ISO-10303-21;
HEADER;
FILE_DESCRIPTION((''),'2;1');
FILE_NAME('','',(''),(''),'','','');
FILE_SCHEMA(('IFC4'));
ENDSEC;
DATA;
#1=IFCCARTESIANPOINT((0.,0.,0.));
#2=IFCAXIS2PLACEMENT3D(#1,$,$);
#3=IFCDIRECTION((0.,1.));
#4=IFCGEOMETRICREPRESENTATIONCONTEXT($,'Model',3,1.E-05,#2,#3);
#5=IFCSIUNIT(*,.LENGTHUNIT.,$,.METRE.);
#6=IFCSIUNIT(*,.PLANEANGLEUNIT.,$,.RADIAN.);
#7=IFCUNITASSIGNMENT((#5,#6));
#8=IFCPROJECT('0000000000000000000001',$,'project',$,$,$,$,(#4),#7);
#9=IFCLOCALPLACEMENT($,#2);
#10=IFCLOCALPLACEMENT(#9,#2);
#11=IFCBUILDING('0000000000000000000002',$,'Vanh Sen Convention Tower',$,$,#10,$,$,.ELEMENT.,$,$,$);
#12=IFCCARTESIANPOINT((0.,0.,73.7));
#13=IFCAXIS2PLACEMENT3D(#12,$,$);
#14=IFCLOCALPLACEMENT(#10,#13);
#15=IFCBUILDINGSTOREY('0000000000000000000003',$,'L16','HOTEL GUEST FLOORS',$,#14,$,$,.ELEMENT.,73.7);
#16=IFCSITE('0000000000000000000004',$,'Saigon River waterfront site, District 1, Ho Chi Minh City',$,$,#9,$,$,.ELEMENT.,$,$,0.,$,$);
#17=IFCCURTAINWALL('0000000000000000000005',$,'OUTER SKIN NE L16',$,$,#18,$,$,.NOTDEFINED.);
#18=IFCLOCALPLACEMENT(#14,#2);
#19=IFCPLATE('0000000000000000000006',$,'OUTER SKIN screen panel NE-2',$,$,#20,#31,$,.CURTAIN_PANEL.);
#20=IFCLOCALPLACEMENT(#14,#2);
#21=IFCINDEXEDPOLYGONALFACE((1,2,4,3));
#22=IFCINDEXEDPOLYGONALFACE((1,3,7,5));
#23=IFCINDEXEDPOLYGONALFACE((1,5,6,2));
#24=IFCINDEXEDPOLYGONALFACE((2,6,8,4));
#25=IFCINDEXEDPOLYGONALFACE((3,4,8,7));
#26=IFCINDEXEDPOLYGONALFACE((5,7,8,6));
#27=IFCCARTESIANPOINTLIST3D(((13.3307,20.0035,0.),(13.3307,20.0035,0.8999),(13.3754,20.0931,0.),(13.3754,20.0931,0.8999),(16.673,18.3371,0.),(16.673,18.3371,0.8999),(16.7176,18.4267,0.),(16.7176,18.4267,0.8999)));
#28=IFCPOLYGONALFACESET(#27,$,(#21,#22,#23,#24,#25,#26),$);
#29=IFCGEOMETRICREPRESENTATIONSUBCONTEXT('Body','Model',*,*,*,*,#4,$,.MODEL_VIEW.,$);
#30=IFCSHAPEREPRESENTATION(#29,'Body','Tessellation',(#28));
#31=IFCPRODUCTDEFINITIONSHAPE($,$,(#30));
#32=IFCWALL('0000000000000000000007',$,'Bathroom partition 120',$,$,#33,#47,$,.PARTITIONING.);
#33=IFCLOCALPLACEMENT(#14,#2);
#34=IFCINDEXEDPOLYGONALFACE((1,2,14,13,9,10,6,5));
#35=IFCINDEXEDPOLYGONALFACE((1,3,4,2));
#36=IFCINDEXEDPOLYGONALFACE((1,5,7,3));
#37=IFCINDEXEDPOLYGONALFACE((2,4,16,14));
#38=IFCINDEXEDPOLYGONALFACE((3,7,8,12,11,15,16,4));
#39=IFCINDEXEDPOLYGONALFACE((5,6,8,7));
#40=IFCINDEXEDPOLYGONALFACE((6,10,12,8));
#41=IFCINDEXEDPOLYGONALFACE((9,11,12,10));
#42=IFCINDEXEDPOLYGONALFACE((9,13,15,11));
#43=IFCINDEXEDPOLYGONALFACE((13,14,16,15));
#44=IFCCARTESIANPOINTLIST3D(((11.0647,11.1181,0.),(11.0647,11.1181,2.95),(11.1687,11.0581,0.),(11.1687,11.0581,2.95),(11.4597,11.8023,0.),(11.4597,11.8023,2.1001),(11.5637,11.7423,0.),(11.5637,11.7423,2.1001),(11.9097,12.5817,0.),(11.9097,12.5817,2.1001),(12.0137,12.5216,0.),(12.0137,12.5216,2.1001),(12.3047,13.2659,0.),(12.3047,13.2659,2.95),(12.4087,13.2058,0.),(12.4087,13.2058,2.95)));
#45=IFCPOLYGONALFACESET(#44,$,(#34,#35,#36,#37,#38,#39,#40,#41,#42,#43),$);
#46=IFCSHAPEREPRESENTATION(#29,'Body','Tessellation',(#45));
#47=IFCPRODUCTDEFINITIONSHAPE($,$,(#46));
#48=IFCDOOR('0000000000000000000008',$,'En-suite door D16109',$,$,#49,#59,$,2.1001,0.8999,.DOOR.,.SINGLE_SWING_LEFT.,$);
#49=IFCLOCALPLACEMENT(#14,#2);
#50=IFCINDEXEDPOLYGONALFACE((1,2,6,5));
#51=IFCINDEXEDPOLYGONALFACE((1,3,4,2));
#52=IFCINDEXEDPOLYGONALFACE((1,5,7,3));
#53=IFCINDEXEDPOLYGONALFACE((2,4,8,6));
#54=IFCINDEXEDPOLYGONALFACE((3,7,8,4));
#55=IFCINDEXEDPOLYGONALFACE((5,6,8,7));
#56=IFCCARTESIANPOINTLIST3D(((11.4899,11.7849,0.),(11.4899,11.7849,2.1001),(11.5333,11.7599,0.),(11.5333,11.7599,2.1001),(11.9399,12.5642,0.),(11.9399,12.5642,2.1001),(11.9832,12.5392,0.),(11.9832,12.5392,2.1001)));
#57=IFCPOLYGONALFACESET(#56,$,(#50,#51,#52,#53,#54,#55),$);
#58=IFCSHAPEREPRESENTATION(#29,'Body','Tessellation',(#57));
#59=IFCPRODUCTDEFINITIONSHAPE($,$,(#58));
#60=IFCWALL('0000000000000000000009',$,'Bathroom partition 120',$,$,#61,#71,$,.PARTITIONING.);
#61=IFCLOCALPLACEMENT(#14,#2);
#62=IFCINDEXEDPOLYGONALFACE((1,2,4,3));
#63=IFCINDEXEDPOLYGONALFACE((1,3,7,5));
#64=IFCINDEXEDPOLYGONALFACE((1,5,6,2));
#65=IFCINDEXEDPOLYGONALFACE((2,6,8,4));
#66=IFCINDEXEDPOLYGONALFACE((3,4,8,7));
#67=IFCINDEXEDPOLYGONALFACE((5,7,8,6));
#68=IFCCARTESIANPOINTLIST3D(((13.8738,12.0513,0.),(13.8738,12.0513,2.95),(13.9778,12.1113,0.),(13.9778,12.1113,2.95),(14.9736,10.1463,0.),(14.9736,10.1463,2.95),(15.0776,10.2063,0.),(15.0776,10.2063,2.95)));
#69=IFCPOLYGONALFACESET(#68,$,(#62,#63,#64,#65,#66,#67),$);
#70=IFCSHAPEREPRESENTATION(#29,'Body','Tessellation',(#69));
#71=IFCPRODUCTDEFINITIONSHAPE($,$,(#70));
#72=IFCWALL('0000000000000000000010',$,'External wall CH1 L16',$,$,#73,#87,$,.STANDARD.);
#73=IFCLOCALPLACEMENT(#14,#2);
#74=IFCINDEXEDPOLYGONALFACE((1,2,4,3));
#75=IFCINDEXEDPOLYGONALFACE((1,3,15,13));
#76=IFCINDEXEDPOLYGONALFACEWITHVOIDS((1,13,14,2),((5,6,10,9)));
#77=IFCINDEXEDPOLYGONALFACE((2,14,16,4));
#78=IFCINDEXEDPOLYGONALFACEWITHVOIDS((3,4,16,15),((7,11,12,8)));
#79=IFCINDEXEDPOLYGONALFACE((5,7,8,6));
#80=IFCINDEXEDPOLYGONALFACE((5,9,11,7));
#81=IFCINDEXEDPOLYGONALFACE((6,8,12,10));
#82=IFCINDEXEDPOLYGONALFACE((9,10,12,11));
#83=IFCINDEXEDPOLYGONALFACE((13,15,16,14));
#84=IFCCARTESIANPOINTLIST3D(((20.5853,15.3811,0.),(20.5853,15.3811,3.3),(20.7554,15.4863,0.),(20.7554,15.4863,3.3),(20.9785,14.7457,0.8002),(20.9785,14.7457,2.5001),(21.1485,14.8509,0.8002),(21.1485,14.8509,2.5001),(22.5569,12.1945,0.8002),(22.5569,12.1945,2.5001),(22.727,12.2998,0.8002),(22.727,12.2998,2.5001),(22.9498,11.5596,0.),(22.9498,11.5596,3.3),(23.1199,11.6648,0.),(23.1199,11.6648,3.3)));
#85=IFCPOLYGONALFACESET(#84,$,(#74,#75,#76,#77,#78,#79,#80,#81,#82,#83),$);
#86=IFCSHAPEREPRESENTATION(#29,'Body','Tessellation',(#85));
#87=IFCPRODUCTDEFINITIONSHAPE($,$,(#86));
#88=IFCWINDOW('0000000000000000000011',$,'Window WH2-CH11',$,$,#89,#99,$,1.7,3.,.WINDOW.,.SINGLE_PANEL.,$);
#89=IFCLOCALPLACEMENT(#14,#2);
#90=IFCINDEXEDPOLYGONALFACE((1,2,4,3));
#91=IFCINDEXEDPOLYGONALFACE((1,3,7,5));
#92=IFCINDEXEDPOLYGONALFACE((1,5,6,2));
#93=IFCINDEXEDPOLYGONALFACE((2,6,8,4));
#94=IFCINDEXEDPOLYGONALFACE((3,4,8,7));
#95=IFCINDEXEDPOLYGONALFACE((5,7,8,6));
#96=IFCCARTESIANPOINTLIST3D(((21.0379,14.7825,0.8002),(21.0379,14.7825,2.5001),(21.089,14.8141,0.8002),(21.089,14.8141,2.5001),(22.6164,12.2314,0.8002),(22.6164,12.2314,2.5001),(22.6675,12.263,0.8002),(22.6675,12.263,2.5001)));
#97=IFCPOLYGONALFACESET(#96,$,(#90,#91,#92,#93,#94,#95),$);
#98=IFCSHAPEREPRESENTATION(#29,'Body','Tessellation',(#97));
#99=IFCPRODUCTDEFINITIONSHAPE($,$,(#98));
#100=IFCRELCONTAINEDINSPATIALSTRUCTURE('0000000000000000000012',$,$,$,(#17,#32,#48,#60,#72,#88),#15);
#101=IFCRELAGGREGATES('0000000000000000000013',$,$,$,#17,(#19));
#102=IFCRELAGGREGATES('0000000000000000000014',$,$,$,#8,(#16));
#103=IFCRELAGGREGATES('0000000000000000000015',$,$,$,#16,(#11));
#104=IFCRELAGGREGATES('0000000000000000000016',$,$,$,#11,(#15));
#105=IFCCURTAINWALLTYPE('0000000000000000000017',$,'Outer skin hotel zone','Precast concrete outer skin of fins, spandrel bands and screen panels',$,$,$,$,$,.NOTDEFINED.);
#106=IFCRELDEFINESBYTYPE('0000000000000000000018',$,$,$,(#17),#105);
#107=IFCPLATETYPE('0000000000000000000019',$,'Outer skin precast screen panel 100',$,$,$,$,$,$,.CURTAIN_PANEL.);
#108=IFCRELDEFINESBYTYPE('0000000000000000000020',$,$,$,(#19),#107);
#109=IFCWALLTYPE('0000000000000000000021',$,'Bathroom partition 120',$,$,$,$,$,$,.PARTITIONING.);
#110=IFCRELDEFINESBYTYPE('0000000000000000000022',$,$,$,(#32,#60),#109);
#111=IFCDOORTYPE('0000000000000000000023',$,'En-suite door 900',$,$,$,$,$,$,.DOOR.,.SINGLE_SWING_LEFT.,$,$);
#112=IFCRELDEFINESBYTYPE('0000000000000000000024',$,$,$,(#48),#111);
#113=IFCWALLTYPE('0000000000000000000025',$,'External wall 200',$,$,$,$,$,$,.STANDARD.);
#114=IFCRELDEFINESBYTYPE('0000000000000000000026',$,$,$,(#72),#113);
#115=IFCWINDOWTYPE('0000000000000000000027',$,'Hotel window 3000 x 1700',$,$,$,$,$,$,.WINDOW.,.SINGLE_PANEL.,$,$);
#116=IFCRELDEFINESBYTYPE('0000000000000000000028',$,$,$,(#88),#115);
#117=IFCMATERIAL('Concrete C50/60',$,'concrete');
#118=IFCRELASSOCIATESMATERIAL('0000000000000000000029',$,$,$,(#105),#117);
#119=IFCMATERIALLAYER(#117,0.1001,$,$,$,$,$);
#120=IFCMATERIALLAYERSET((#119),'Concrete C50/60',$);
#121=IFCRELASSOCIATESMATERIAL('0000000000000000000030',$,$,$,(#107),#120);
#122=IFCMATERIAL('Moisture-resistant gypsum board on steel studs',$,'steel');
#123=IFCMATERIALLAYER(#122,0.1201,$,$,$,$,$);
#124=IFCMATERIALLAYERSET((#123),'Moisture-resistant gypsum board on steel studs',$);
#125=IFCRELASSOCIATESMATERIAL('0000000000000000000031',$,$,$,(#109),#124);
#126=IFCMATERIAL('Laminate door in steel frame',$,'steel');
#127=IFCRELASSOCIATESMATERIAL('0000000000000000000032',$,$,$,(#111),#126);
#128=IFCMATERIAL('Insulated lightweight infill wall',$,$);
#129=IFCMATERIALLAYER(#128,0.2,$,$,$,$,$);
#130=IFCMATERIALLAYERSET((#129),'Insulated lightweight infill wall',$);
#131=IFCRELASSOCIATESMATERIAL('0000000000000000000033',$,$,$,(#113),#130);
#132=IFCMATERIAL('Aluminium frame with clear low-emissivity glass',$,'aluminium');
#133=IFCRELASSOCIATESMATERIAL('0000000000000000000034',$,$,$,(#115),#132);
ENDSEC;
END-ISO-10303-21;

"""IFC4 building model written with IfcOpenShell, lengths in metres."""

from ifc_helpers import new_model, si_unit, direction, frame, frame_2d, origin, origin_2d, place, context, subcontext, project, spatial, rectangle, extrude, material, layer, layer_set, type_object, element, fill, aggregate, save


model = new_model("IFC4")

# Units and contexts
model_context = context("Model", 3, precision=1e-05, world=origin(), true_north=direction((0.0, 1.0)))
body_context = subcontext(model_context, "Body", "Model", "MODEL_VIEW")
ifc_project = project(units=[si_unit("LENGTHUNIT", "METRE"), si_unit("PLANEANGLEUNIT", "RADIAN")], contexts=[model_context])

# Site, building, storey
site_placement = place(None, origin())
site = spatial("IfcSite", under=ifc_project, at=site_placement, Name="Saigon River waterfront site, District 1, Ho Chi Minh City", CompositionType="ELEMENT", RefElevation=0.0)
building_placement = place(site_placement, origin())
building = spatial("IfcBuilding", under=site, at=building_placement, Name="Vanh Sen Convention Tower", CompositionType="ELEMENT")
storey_placement = place(building_placement, frame((0.0, 0.0, 73.7)))
storey = spatial("IfcBuildingStorey", under=building, at=storey_placement, Name="L16", Description="HOTEL GUEST FLOORS", CompositionType="ELEMENT", Elevation=73.7)

# Curtain wall
ifc_material_1 = material(Name="Concrete C50/60", Category="concrete")
curtain_wall_type = type_object("IfcCurtainWallType", Name="Outer skin hotel zone", Description="Precast concrete outer skin of fins, spandrel bands and screen panels", PredefinedType="NOTDEFINED", material=ifc_material_1)
curtain_wall_1_placement = place(storey_placement, origin())
curtain_wall_1 = element("IfcCurtainWall", 1, at=curtain_wall_1_placement, inside=storey, type_object=curtain_wall_type, Name="OUTER SKIN NE L16", PredefinedType="NOTDEFINED")

# Shared definitions
ifc_layer_1 = layer(ifc_material_1, 0.1001)
ifc_layer_set_1 = layer_set([ifc_layer_1], Name="Concrete C50/60")
plate_type = type_object("IfcPlateType", Name="Outer skin precast screen panel 100", PredefinedType="CURTAIN_PANEL", material=ifc_layer_set_1)

# Plate
plate_1_placement = place(storey_placement, frame((15.0242, 19.2151, 0.0), z_axis=(0.0, 0.0, 1.0), x_axis=(-0.894935, 0.446196, 0.0)))
plate_1 = element("IfcPlate", 2, at=plate_1_placement, type_object=plate_type, Name="OUTER SKIN screen panel NE-2", PredefinedType="CURTAIN_PANEL", context=body_context, shape_type="SweptSolid", body=[
    extrude(rectangle(XDim=3.7346, YDim=0.1001, at=origin_2d()), origin(), (0.0, 0.0, 1.0), 0.8999),
])
aggregate(curtain_wall_1, [plate_1])

# Wall, opening, door
ifc_material_2 = material(Name="Moisture-resistant gypsum board on steel studs", Category="steel")
ifc_layer_2 = layer(ifc_material_2, 0.1201)
ifc_layer_set_2 = layer_set([ifc_layer_2], Name="Moisture-resistant gypsum board on steel studs")
wall_type_1 = type_object("IfcWallType", Name="Bathroom partition 120", PredefinedType="PARTITIONING", material=ifc_layer_set_2)
wall_1_placement = place(storey_placement, frame((12.3567, 13.2358, 0.0), z_axis=(0.0, 0.0, 1.0), x_axis=(-0.500004, -0.866023, 0.0)))
wall_1 = element("IfcWall", 3, at=wall_1_placement, inside=storey, type_object=wall_type_1, Name="Bathroom partition 120", PredefinedType="PARTITIONING", context=body_context, shape_type="SweptSolid", body=[
    extrude(rectangle(XDim=2.48, YDim=0.1201, at=frame_2d((1.24, 0.0))), origin(), (0.0, 0.0, 1.0), 2.95),
])
opening_1_placement = place(wall_1_placement, frame((0.79, 0.0, 0.0)))
opening_1 = element("IfcOpeningElement", 4, at=opening_1_placement, cuts=wall_1, PredefinedType="OPENING", context=body_context, shape_type="SweptSolid", body=[
    extrude(rectangle(XDim=0.8999, YDim=2.1001, at=frame_2d((0.45, 1.05))), frame((0.0, 0.0701, 0.0), z_axis=(0.0, -1.0, 0.0), x_axis=(1.0, 0.0, 0.0)), (0.0, 0.0, 1.0), 0.1401),
])
ifc_material_3 = material(Name="Laminate door in steel frame", Category="steel")
door_type = type_object("IfcDoorType", Name="En-suite door 900", OperationType="SINGLE_SWING_LEFT", PredefinedType="DOOR", material=ifc_material_3)
door_placement = place(opening_1_placement, origin())
door = element("IfcDoor", 5, at=door_placement, inside=storey, type_object=door_type, Name="En-suite door D16109", OperationType="SINGLE_SWING_LEFT", OverallHeight=2.1001, OverallWidth=0.8999, PredefinedType="DOOR", context=body_context, shape_type="SweptSolid", body=[
    extrude(rectangle(XDim=0.8999, YDim=2.1001, at=frame_2d((0.45, 1.05))), frame((0.0, 0.0249, 0.0), z_axis=(0.0, -1.0, 0.0), x_axis=(1.0, 0.0, 0.0)), (0.0, 0.0, 1.0), 0.05),
])
fill(opening_1, door)

# Wall
wall_2_placement = place(storey_placement, frame((13.9258, 12.0813, 0.0), z_axis=(0.0, 0.0, 1.0), x_axis=(0.499995, -0.866028, 0.0)))
element("IfcWall", 6, at=wall_2_placement, inside=storey, type_object=wall_type_1, Name="Bathroom partition 120", PredefinedType="PARTITIONING", context=body_context, shape_type="SweptSolid", body=[
    extrude(rectangle(XDim=2.1997, YDim=0.1201, at=frame_2d((1.0999, 0.0))), origin(), (0.0, 0.0, 1.0), 2.95),
])

# Wall, opening, window
ifc_material_4 = material(Name="Insulated lightweight infill wall")
ifc_layer_3 = layer(ifc_material_4, 0.2)
ifc_layer_set_3 = layer_set([ifc_layer_3], Name="Insulated lightweight infill wall")
wall_type_2 = type_object("IfcWallType", Name="External wall 200", PredefinedType="STANDARD", material=ifc_layer_set_3)
wall_3_placement = place(storey_placement, frame((23.0349, 11.6121, 0.0), z_axis=(0.0, 0.0, 1.0), x_axis=(-0.52616, 0.850386, 0.0)))
wall_3 = element("IfcWall", 7, at=wall_3_placement, inside=storey, type_object=wall_type_2, Name="External wall CH1 L16", PredefinedType="STANDARD", context=body_context, shape_type="SweptSolid", body=[
    extrude(rectangle(XDim=4.4939, YDim=0.2, at=frame_2d((2.2471, 0.0))), origin(), (0.0, 0.0, 1.0), 3.3),
])
opening_2_placement = place(wall_3_placement, frame((0.7468, 0.0, 0.8)))
opening_2 = element("IfcOpeningElement", 8, at=opening_2_placement, cuts=wall_3, PredefinedType="OPENING", context=body_context, shape_type="SweptSolid", body=[
    extrude(rectangle(XDim=3.0, YDim=1.7, at=frame_2d((1.5, 0.8501))), frame((0.0, 0.1099, 0.0), z_axis=(0.0, -1.0, 0.0), x_axis=(1.0, 0.0, 0.0)), (0.0, 0.0, 1.0), 0.22),
])
ifc_material_5 = material(Name="Aluminium frame with clear low-emissivity glass", Category="aluminium")
window_type_1 = type_object("IfcWindowType", Name="Hotel window 3000 x 1700", PartitioningType="SINGLE_PANEL", PredefinedType="WINDOW", material=ifc_material_5)
window_1_placement = place(opening_2_placement, origin())
window_1 = element("IfcWindow", 9, at=window_1_placement, inside=storey, type_object=window_type_1, Name="Window WH2-CH11", OverallHeight=1.7, OverallWidth=3.0, PartitioningType="SINGLE_PANEL", PredefinedType="WINDOW", context=body_context, shape_type="SweptSolid", body=[
    extrude(rectangle(XDim=3.0, YDim=1.7, at=frame_2d((1.5, 0.8501))), frame((0.0, 0.03, 0.0), z_axis=(0.0, -1.0, 0.0), x_axis=(1.0, 0.0, 0.0)), (0.0, 0.0, 1.0), 0.0601),
])
fill(opening_2, window_1)

save(model, "model.ifc")
